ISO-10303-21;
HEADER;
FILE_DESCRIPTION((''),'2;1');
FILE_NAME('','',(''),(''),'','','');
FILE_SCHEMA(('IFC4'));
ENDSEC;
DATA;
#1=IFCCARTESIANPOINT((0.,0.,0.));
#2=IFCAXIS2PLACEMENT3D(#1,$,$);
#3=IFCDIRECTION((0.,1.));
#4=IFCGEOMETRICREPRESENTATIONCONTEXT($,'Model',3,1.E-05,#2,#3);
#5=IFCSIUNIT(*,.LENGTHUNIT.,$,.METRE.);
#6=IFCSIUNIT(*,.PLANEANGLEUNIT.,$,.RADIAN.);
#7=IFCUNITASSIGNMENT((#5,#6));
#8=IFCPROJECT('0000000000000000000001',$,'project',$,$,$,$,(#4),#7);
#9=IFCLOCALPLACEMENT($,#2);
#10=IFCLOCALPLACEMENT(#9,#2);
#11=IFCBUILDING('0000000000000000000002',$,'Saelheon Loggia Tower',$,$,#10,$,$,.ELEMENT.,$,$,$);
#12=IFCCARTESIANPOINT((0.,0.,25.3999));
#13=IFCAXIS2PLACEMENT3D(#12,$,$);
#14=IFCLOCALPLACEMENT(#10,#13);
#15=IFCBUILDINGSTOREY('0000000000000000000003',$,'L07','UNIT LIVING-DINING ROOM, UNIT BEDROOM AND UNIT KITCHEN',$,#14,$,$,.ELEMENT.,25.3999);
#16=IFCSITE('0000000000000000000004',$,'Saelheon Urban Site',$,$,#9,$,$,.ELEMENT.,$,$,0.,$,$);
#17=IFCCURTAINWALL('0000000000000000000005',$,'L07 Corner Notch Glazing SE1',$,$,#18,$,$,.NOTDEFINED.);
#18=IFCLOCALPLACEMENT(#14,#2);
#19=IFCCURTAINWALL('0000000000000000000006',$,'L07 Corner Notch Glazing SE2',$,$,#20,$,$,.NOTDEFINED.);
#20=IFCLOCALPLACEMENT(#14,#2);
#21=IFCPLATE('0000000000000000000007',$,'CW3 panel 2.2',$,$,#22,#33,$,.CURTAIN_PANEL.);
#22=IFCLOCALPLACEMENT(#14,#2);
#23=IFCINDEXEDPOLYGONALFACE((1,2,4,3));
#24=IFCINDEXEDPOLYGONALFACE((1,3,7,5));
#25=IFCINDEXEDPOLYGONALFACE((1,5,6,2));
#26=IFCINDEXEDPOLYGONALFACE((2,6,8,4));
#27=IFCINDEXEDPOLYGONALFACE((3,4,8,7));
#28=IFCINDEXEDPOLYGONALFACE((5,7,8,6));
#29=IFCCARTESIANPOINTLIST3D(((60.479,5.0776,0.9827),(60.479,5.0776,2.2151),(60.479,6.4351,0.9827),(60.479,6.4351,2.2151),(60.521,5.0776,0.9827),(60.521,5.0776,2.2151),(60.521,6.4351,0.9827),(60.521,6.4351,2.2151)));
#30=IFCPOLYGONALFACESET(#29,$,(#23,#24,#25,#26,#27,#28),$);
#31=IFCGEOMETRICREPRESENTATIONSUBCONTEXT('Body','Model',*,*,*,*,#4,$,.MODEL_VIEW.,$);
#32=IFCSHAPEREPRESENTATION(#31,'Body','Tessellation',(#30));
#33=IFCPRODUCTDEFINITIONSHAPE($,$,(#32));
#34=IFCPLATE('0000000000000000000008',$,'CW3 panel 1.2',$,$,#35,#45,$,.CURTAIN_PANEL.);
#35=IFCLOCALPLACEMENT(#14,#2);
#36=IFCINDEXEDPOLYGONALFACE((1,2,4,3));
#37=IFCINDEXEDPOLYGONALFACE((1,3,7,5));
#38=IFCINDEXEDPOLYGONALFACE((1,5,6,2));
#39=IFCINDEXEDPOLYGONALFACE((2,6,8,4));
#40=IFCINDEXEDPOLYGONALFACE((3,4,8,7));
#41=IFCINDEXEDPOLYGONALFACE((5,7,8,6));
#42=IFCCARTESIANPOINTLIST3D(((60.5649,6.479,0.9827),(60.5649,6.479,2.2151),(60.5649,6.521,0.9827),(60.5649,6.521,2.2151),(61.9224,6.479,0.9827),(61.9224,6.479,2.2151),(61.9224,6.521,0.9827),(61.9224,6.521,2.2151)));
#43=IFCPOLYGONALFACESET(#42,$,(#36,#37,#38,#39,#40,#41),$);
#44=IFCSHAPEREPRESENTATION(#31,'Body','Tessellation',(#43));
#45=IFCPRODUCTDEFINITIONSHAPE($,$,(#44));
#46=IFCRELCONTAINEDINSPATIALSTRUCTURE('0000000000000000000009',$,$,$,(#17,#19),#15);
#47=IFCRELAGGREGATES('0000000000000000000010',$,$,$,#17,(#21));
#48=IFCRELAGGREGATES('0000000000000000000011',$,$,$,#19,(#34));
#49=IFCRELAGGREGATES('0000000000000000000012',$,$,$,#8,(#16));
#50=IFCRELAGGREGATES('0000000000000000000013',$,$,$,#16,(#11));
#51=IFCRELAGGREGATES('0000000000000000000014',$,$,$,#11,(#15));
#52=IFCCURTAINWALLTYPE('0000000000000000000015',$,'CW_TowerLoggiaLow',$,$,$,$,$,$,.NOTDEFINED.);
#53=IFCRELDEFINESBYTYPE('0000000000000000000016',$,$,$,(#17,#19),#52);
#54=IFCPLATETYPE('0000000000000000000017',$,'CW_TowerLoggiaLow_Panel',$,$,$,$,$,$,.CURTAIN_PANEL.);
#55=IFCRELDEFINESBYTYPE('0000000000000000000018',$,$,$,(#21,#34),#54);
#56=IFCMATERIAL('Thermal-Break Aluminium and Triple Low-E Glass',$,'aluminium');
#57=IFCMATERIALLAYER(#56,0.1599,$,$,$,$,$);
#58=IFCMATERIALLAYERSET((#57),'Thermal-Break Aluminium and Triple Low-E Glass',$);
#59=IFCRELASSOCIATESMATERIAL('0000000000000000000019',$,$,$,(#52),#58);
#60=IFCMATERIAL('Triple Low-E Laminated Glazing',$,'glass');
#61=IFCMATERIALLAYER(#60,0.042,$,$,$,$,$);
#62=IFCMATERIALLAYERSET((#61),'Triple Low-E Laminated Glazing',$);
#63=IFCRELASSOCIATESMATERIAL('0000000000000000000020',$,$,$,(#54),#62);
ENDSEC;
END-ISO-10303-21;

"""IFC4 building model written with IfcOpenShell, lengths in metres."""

from ifc_helpers import new_model, si_unit, direction, frame, origin, origin_2d, place, context, subcontext, project, spatial, rectangle, extrude, source, transform, mapped, material, layer, layer_set, type_object, element, aggregate, save


model = new_model("IFC4")

# Units and contexts
model_context = context("Model", 3, precision=1e-05, world=origin(), true_north=direction((0.0, 1.0)))
body_context = subcontext(model_context, "Body", "Model", "MODEL_VIEW")
ifc_project = project(units=[si_unit("LENGTHUNIT", "METRE"), si_unit("PLANEANGLEUNIT", "RADIAN")], contexts=[model_context])

# Site, building, storey
site_placement = place(None, origin())
site = spatial("IfcSite", under=ifc_project, at=site_placement, Name="Saelheon Urban Site", CompositionType="ELEMENT", RefElevation=0.0)
building_placement = place(site_placement, origin())
building = spatial("IfcBuilding", under=site, at=building_placement, Name="Saelheon Loggia Tower", CompositionType="ELEMENT")
storey_placement = place(building_placement, frame((0.0, 0.0, 25.3999)))
storey = spatial("IfcBuildingStorey", under=building, at=storey_placement, Name="L07", Description="UNIT LIVING-DINING ROOM, UNIT BEDROOM AND UNIT KITCHEN", CompositionType="ELEMENT", Elevation=25.3999)

# Curtain walls
ifc_material_1 = material(Name="Thermal-Break Aluminium and Triple Low-E Glass", Category="aluminium")
ifc_layer_1 = layer(ifc_material_1, 0.1599)
ifc_layer_set_1 = layer_set([ifc_layer_1], Name="Thermal-Break Aluminium and Triple Low-E Glass")
curtain_wall_type = type_object("IfcCurtainWallType", Name="CW_TowerLoggiaLow", PredefinedType="NOTDEFINED", material=ifc_layer_set_1)
curtain_wall_1_placement = place(storey_placement, origin())
curtain_wall_1 = element("IfcCurtainWall", 1, at=curtain_wall_1_placement, inside=storey, type_object=curtain_wall_type, Name="L07 Corner Notch Glazing SE1", PredefinedType="NOTDEFINED")
curtain_wall_2_placement = place(storey_placement, origin())
curtain_wall_2 = element("IfcCurtainWall", 2, at=curtain_wall_2_placement, inside=storey, type_object=curtain_wall_type, Name="L07 Corner Notch Glazing SE2", PredefinedType="NOTDEFINED")

# Plates
ifc_material_2 = material(Name="Triple Low-E Laminated Glazing", Category="glass")
ifc_layer_2 = layer(ifc_material_2, 0.042)
ifc_layer_set_2 = layer_set([ifc_layer_2], Name="Triple Low-E Laminated Glazing")
plate_type = type_object("IfcPlateType", Name="CW_TowerLoggiaLow_Panel", PredefinedType="CURTAIN_PANEL", material=ifc_layer_set_2)
shared_shape_1 = source(origin(), body_context, "Body", "SweptSolid", [
    extrude(rectangle(XDim=1.3574, YDim=0.042, at=origin_2d()), origin(), (0.0, 0.0, 1.0), 1.2324),
])
plate_1_placement = place(storey_placement, frame((60.5, 5.7563, 0.9827), z_axis=(0.0, 0.0, 1.0), x_axis=(0.0, 1.0, 0.0)))
plate_1 = element("IfcPlate", 3, at=plate_1_placement, type_object=plate_type, Name="CW3 panel 2.2", PredefinedType="CURTAIN_PANEL", context=body_context, shape_type="MappedRepresentation", body=[
    mapped(shared_shape_1, transform((0.0, 0.0, 0.0), scale=1.0)),
])
aggregate(curtain_wall_1, [plate_1])
plate_2_placement = place(storey_placement, frame((61.2437, 6.5, 0.9827), z_axis=(0.0, 0.0, 1.0), x_axis=(1.0, 0.0, 0.0)))
plate_2 = element("IfcPlate", 4, at=plate_2_placement, type_object=plate_type, Name="CW3 panel 1.2", PredefinedType="CURTAIN_PANEL", context=body_context, shape_type="MappedRepresentation", body=[
    mapped(shared_shape_1, transform((0.0, 0.0, 0.0), scale=1.0)),
])
aggregate(curtain_wall_2, [plate_2])

save(model, "model.ifc")
